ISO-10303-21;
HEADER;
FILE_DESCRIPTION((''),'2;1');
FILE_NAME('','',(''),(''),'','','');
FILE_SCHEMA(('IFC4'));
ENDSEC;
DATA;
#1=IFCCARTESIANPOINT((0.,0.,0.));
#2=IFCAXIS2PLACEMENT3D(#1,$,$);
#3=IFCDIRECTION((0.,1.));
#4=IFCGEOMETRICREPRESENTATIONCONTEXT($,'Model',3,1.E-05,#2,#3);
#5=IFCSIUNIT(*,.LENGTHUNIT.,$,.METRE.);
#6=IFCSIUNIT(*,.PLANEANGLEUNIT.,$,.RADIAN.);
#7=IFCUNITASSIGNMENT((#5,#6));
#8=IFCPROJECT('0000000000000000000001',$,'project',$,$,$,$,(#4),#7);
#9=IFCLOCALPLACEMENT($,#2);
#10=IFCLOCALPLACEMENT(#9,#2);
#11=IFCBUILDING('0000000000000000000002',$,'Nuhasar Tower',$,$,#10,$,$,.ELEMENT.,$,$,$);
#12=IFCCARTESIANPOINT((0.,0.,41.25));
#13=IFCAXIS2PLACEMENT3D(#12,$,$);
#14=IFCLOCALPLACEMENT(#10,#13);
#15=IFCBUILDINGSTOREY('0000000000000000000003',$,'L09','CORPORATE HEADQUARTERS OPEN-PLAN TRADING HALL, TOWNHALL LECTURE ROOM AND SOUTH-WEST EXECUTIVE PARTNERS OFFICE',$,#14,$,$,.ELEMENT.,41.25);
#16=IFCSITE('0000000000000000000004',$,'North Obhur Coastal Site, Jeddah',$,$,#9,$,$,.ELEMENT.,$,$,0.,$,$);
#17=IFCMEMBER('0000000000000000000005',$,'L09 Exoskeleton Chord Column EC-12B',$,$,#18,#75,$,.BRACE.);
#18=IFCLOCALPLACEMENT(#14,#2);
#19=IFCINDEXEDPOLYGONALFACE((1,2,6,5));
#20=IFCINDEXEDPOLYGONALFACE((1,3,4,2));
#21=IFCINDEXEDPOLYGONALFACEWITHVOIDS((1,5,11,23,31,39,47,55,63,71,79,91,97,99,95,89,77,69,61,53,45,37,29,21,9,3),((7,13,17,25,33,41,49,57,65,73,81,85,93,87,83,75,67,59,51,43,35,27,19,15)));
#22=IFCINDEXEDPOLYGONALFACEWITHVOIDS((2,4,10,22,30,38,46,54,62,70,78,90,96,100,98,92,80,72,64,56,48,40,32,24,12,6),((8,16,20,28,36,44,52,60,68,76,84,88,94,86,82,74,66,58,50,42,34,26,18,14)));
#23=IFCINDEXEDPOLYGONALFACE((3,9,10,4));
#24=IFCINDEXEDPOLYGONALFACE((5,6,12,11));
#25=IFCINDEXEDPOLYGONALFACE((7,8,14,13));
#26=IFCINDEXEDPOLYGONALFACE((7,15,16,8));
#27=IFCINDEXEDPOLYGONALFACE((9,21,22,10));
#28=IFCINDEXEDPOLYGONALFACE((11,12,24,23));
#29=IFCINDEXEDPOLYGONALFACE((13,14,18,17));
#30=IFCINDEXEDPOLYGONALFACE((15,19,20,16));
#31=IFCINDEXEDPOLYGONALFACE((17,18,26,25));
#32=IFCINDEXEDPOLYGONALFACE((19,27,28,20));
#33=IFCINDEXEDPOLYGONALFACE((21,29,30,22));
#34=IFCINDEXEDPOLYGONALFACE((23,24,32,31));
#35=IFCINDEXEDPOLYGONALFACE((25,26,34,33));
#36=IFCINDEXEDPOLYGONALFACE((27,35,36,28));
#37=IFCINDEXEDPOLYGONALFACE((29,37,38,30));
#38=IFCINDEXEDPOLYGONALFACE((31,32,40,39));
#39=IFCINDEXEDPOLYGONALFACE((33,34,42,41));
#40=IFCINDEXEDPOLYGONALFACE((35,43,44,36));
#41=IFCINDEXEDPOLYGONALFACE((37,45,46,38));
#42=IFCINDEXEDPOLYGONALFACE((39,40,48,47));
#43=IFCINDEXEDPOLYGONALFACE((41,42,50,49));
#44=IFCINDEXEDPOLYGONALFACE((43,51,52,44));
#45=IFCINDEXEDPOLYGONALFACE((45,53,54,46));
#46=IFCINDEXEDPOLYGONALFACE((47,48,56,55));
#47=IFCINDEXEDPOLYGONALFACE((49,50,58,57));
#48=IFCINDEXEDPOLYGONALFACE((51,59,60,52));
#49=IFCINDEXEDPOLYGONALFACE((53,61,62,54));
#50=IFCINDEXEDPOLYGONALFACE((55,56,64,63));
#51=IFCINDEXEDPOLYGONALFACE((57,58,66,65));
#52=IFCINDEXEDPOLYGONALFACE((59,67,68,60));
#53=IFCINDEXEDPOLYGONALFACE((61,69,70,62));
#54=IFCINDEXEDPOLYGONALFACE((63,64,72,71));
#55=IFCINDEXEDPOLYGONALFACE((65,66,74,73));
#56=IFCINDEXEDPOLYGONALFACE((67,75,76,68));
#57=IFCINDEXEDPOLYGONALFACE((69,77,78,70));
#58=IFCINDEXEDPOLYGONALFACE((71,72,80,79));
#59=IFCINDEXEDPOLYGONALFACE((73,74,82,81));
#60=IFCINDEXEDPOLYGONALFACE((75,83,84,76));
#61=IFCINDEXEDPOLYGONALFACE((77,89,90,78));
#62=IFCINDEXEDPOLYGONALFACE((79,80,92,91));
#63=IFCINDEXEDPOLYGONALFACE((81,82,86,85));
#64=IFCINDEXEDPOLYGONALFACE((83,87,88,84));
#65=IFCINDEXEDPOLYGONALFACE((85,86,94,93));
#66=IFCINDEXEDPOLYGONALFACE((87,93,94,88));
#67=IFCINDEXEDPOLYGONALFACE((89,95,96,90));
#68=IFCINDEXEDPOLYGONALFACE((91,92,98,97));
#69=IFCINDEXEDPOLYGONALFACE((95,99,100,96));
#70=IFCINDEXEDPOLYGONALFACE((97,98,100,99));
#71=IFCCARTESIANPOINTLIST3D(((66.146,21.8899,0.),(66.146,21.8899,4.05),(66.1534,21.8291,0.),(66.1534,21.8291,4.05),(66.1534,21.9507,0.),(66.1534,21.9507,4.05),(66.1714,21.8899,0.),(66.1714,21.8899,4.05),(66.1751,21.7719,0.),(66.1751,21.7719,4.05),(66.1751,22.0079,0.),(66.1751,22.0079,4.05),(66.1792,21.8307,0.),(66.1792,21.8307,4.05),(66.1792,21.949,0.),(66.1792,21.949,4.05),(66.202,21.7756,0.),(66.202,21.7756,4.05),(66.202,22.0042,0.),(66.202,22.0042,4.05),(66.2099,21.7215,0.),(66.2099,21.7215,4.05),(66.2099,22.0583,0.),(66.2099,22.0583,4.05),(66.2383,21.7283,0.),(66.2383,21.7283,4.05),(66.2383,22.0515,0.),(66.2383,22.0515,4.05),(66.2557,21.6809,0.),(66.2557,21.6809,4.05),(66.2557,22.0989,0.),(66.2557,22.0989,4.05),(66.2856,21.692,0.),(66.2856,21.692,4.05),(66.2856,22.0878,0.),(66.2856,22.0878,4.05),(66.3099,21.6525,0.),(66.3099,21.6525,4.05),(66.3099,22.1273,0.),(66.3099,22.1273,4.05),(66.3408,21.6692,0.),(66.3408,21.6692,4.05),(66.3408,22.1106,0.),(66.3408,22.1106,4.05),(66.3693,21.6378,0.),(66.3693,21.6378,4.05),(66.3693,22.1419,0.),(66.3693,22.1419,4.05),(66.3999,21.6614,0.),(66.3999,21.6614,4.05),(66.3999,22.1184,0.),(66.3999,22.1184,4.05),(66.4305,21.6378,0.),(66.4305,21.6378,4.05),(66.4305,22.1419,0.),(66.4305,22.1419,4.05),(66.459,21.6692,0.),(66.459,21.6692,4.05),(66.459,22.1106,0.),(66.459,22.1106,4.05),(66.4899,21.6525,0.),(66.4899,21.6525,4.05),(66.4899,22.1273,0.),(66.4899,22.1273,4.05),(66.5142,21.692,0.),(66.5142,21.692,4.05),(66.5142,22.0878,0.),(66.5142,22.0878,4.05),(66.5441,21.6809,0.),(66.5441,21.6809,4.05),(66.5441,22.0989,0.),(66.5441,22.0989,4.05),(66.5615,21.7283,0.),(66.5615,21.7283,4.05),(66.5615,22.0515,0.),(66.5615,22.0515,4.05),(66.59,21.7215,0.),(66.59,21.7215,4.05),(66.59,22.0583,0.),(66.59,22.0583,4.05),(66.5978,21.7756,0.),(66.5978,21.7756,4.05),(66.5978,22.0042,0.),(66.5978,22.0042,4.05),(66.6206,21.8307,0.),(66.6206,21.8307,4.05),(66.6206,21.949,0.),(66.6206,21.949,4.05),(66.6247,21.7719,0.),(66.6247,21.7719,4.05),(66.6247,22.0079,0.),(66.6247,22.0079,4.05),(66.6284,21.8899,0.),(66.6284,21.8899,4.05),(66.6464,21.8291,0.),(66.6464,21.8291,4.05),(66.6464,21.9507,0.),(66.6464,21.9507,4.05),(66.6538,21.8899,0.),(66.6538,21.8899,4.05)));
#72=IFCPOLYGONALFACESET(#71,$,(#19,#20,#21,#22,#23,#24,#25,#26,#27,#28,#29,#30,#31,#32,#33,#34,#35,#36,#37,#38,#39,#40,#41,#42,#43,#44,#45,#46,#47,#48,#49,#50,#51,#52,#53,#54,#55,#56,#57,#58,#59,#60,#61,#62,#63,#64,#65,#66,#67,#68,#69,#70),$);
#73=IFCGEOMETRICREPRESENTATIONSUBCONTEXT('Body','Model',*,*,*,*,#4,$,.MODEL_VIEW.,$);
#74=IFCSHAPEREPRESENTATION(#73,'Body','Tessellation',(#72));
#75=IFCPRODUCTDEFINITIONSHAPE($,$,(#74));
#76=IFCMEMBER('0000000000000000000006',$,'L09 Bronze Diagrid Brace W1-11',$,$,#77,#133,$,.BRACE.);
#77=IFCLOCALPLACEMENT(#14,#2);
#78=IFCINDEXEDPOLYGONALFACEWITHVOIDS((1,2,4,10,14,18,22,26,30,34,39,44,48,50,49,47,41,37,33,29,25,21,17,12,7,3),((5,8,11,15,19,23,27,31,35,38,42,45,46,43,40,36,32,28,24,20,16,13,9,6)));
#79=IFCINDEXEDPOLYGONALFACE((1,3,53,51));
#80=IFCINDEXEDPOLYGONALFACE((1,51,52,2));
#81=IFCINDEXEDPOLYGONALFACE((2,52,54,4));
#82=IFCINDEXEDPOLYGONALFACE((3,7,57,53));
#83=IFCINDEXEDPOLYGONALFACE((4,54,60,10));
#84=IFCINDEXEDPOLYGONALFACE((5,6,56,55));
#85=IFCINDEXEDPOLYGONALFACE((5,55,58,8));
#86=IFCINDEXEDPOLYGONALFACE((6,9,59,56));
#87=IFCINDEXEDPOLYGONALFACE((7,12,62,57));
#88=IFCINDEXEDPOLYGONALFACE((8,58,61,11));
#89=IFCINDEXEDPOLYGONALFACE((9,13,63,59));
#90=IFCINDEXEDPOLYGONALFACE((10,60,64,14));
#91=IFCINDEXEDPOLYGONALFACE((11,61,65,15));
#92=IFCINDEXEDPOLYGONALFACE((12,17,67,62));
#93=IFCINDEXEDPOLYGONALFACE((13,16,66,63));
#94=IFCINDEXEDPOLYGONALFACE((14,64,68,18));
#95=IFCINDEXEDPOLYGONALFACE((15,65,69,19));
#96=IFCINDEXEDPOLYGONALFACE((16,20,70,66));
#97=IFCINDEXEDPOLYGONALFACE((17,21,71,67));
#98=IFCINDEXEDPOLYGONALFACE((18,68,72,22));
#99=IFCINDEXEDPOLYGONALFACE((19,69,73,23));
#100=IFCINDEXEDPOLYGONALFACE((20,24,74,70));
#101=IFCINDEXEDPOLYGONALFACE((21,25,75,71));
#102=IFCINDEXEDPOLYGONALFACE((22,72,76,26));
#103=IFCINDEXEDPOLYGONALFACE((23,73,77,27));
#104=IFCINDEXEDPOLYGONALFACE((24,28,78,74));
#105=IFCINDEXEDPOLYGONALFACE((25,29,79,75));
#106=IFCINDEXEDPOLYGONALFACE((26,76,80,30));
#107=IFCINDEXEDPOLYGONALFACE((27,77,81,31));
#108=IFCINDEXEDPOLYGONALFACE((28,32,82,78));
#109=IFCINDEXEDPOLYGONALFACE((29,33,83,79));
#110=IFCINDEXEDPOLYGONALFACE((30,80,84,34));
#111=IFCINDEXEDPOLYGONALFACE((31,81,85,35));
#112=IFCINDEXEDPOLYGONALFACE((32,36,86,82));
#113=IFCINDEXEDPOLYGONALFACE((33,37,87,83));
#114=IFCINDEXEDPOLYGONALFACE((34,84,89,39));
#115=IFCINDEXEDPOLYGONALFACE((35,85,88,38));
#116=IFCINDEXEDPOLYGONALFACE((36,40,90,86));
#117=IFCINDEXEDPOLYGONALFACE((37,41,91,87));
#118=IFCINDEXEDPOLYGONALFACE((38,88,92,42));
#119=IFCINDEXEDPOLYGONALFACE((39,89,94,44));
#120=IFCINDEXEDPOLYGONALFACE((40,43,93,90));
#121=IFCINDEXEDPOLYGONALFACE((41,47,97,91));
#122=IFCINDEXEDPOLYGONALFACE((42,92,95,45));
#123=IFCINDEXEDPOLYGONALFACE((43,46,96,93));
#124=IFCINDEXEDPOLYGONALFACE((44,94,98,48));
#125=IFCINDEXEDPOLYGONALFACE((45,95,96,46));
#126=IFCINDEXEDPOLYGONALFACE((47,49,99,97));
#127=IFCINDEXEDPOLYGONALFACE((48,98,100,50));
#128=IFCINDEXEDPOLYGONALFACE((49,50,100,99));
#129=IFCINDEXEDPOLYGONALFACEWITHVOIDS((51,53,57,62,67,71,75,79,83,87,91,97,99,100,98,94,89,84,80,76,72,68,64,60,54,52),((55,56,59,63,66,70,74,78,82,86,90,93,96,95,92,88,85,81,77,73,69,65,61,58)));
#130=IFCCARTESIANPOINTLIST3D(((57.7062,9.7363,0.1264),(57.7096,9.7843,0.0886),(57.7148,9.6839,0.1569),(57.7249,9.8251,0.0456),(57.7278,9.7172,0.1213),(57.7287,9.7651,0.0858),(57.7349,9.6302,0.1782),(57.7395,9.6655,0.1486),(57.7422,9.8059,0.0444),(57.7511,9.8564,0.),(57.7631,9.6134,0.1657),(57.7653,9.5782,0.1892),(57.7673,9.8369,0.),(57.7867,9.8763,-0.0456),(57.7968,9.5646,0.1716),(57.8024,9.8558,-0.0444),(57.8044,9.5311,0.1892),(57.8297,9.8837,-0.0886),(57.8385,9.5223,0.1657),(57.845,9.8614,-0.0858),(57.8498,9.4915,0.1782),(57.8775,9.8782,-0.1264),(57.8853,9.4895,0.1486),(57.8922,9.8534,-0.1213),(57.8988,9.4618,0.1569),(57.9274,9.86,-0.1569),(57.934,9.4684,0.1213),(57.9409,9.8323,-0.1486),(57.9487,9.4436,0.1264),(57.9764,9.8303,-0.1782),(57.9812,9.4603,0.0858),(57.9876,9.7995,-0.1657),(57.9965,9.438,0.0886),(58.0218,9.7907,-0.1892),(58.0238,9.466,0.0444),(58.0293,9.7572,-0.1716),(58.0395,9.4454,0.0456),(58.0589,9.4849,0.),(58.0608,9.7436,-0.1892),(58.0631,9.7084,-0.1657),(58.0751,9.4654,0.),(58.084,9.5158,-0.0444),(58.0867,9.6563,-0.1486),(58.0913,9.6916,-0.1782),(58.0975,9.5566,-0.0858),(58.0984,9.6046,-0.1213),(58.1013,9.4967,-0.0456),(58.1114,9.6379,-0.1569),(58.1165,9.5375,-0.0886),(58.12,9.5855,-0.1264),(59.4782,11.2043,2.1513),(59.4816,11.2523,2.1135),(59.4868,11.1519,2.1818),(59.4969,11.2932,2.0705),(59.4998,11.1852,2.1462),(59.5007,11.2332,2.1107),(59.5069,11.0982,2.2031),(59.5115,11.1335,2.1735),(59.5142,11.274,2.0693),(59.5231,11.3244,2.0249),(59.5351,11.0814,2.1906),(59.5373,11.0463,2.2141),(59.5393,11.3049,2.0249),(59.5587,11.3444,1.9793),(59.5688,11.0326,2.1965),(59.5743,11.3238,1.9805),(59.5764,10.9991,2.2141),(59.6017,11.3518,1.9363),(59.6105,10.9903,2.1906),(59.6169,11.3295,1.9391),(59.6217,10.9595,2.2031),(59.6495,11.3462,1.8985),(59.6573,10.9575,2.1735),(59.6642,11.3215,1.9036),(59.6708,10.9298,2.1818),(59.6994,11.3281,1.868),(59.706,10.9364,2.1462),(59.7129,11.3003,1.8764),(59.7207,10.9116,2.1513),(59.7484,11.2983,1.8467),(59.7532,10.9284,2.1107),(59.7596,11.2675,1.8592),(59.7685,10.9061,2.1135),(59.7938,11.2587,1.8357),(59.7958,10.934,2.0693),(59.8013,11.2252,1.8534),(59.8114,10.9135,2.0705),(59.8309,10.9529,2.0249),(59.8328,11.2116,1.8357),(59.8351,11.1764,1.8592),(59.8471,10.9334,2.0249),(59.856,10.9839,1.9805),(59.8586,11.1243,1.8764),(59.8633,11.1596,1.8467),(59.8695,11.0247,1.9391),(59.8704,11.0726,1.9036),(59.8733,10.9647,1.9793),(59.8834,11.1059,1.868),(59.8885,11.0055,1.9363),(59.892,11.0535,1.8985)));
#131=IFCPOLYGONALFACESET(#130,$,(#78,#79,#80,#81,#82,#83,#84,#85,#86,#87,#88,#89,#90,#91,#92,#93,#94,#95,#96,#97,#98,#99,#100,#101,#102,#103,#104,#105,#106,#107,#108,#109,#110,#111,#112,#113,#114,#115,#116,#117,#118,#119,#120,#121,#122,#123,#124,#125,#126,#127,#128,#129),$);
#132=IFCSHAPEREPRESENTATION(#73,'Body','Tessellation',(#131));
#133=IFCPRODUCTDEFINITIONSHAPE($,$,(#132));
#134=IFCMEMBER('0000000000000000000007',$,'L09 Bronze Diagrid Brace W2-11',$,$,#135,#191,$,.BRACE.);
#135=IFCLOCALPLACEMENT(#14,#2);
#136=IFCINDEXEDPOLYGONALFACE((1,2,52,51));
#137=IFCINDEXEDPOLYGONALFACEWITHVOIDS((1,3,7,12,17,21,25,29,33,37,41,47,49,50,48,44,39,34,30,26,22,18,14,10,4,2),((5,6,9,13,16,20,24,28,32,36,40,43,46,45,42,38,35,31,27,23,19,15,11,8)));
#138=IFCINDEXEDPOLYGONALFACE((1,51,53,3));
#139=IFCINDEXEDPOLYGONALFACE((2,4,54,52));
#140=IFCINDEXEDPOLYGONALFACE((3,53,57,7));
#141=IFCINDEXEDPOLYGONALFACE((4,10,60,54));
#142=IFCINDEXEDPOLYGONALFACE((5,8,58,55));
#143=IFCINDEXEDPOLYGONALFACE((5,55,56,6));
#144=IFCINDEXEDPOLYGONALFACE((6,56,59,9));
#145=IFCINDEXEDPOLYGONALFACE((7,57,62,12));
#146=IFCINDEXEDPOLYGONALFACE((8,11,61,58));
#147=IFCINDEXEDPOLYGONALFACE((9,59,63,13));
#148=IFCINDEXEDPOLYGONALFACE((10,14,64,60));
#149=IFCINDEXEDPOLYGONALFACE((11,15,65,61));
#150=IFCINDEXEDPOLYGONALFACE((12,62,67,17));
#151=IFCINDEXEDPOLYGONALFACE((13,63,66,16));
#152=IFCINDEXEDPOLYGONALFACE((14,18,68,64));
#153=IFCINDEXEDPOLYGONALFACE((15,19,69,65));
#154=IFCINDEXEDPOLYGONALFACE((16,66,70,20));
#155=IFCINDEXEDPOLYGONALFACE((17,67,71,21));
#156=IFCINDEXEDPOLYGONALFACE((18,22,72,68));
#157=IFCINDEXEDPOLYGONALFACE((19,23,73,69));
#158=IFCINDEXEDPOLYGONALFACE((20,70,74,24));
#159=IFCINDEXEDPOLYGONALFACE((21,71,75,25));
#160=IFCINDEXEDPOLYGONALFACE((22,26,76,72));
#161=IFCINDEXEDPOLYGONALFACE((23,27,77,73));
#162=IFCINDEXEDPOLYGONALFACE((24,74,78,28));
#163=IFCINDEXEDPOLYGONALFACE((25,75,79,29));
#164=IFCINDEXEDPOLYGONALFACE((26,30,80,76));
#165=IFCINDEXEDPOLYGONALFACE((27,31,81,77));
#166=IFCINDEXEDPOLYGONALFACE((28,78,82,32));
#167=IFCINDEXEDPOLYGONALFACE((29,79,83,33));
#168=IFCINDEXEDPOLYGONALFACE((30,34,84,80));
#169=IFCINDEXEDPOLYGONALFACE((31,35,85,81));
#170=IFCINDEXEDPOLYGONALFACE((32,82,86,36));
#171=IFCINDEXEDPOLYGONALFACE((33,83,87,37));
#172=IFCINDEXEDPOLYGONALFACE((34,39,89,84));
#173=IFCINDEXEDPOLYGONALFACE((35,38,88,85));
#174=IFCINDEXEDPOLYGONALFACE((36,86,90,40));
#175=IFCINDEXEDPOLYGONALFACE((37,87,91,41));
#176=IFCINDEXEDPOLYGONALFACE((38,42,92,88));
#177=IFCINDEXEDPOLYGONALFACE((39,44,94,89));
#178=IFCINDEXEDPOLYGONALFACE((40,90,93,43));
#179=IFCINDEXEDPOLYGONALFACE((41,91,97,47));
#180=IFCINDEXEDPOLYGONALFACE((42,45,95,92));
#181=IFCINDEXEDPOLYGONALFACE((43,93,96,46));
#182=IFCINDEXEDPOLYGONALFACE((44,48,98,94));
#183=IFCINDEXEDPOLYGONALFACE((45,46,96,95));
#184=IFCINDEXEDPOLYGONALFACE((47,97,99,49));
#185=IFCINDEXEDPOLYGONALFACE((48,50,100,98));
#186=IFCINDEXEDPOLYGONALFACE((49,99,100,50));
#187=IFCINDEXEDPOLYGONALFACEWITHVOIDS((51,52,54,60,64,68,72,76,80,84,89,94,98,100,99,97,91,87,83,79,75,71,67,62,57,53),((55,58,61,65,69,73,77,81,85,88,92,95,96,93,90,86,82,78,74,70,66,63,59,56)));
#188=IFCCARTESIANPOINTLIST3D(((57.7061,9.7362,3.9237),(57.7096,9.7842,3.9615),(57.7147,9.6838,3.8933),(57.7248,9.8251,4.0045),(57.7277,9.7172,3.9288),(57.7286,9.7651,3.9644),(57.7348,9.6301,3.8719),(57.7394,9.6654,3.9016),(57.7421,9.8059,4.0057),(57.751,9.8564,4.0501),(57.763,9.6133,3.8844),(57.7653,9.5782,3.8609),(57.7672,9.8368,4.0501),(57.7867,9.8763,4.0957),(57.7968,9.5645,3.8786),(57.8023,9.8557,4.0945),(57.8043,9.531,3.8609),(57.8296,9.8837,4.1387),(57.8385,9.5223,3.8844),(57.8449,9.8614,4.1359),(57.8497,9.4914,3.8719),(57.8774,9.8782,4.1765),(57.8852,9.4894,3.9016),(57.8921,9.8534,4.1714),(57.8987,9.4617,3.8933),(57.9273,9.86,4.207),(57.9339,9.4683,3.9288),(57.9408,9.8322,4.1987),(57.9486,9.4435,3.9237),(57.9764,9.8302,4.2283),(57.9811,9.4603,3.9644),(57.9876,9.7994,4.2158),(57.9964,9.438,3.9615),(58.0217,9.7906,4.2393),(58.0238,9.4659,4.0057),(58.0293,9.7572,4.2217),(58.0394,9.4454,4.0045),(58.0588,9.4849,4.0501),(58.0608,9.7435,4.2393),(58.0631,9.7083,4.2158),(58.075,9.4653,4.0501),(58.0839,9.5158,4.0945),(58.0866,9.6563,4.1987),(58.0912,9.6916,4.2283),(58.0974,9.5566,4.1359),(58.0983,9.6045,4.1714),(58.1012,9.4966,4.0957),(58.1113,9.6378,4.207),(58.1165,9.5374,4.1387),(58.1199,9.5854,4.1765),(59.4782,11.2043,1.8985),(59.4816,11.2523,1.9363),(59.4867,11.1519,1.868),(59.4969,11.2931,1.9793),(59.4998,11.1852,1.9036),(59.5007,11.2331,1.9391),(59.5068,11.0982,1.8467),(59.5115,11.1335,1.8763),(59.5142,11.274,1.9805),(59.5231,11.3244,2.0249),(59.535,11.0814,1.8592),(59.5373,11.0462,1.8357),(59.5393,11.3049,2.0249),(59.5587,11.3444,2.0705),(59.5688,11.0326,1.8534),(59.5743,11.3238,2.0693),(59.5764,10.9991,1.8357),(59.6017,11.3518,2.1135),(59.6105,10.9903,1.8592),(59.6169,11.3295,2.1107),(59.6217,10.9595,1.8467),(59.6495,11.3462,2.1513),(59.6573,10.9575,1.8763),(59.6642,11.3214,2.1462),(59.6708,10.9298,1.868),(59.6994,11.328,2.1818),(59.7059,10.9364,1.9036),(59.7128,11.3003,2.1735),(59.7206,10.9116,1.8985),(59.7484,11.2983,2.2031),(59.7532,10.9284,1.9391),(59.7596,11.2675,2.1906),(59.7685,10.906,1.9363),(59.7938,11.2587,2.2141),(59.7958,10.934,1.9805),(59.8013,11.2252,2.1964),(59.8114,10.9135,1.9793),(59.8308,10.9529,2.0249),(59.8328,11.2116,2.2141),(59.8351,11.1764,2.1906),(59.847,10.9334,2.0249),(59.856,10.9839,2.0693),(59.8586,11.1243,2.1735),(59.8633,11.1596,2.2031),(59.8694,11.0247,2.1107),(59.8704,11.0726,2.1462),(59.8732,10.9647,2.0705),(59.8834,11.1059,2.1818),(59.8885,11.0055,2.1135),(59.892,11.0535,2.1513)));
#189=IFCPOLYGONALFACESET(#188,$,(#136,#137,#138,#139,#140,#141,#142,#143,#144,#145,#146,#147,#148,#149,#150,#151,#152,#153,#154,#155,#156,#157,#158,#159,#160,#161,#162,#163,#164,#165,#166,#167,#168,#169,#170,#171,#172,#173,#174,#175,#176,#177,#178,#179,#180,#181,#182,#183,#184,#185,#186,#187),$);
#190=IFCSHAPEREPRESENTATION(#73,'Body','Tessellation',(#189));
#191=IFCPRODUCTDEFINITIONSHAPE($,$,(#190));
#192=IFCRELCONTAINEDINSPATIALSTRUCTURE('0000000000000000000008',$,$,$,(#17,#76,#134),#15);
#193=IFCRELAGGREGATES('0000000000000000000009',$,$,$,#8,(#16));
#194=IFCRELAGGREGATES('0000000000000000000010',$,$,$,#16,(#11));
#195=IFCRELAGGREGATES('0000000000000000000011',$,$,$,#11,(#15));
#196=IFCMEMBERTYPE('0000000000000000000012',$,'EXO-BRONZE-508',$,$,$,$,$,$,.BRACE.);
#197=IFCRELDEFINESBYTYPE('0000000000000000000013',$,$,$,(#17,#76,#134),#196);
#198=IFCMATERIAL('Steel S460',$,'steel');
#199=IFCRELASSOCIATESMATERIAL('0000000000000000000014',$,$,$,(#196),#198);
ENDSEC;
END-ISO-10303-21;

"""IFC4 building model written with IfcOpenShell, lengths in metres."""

from ifc_helpers import new_model, si_unit, direction, frame, origin, origin_2d, place, context, subcontext, project, spatial, hollow_circle, extrude, material, material_profile, profile_set, type_object, element, save


model = new_model("IFC4")

# Units and contexts
model_context = context("Model", 3, precision=1e-05, world=origin(), true_north=direction((0.0, 1.0)))
body_context = subcontext(model_context, "Body", "Model", "MODEL_VIEW")
ifc_project = project(units=[si_unit("LENGTHUNIT", "METRE"), si_unit("PLANEANGLEUNIT", "RADIAN")], contexts=[model_context])

# Site, building, storey
site_placement = place(None, origin())
site = spatial("IfcSite", under=ifc_project, at=site_placement, Name="North Obhur Coastal Site, Jeddah", CompositionType="ELEMENT", RefElevation=0.0)
building_placement = place(site_placement, origin())
building = spatial("IfcBuilding", under=site, at=building_placement, Name="Nuhasar Tower", CompositionType="ELEMENT")
storey_placement = place(building_placement, frame((0.0, 0.0, 41.25)))
storey = spatial("IfcBuildingStorey", under=building, at=storey_placement, Name="L09", Description="CORPORATE HEADQUARTERS OPEN-PLAN TRADING HALL, TOWNHALL LECTURE ROOM AND SOUTH-WEST EXECUTIVE PARTNERS OFFICE", CompositionType="ELEMENT", Elevation=41.25)

# Members
ifc_material_1 = material(Name="Steel S460", Category="steel")
ifc_material_profile_1 = material_profile(ifc_material_1, hollow_circle(Radius=0.2539, WallThickness=0.0254, at=origin_2d()), Name="HSS508X25.4")
ifc_profile_set_1 = profile_set([ifc_material_profile_1], Name="Steel S460")
member_type_1 = type_object("IfcMemberType", Name="EXO-BRONZE-508", PredefinedType="BRACE", material=ifc_profile_set_1)
for number, where, z_axis, x_axis, name in (
    (1, (66.3999, 21.8899, 0.0), (0.0, 0.0, 1.0), (1.0, 0.0, 0.0), "L09 Exoskeleton Chord Column EC-12B"),
):
    element("IfcMember", number, at=place(storey_placement, frame(where, z_axis=z_axis, x_axis=x_axis)), inside=storey, type_object=member_type_1, Name=name, PredefinedType="BRACE", context=body_context, shape_type="SweptSolid", body=[
        extrude(hollow_circle(Radius=0.2539, WallThickness=0.0254, at=origin_2d()), origin(), (0.0, 0.0, 1.0), 4.05),
    ])
member_1_placement = place(storey_placement, frame((57.9131, 9.6609, 0.0), z_axis=(0.578102, 0.478937, 0.660619), x_axis=(-0.637969, 0.770062, 0.0)))
element("IfcMember", 2, at=member_1_placement, inside=storey, type_object=member_type_1, Name="L09 Bronze Diagrid Brace W1-11", PredefinedType="BRACE", context=body_context, shape_type="SweptSolid", body=[
    extrude(hollow_circle(Radius=0.2539, WallThickness=0.0254, at=origin_2d()), origin(), (0.0, 0.0, 1.0), 3.0652),
])
member_2_placement = place(storey_placement, frame((59.6851, 11.1289, 2.0249), z_axis=(-0.578071, -0.478912, 0.660664), x_axis=(0.637969, -0.770062, 0.0)))
element("IfcMember", 3, at=member_2_placement, inside=storey, type_object=member_type_1, Name="L09 Bronze Diagrid Brace W2-11", PredefinedType="BRACE", context=body_context, shape_type="SweptSolid", body=[
    extrude(hollow_circle(Radius=0.2539, WallThickness=0.0254, at=origin_2d()), origin(), (0.0, 0.0, 1.0), 3.0654),
])

save(model, "model.ifc")
